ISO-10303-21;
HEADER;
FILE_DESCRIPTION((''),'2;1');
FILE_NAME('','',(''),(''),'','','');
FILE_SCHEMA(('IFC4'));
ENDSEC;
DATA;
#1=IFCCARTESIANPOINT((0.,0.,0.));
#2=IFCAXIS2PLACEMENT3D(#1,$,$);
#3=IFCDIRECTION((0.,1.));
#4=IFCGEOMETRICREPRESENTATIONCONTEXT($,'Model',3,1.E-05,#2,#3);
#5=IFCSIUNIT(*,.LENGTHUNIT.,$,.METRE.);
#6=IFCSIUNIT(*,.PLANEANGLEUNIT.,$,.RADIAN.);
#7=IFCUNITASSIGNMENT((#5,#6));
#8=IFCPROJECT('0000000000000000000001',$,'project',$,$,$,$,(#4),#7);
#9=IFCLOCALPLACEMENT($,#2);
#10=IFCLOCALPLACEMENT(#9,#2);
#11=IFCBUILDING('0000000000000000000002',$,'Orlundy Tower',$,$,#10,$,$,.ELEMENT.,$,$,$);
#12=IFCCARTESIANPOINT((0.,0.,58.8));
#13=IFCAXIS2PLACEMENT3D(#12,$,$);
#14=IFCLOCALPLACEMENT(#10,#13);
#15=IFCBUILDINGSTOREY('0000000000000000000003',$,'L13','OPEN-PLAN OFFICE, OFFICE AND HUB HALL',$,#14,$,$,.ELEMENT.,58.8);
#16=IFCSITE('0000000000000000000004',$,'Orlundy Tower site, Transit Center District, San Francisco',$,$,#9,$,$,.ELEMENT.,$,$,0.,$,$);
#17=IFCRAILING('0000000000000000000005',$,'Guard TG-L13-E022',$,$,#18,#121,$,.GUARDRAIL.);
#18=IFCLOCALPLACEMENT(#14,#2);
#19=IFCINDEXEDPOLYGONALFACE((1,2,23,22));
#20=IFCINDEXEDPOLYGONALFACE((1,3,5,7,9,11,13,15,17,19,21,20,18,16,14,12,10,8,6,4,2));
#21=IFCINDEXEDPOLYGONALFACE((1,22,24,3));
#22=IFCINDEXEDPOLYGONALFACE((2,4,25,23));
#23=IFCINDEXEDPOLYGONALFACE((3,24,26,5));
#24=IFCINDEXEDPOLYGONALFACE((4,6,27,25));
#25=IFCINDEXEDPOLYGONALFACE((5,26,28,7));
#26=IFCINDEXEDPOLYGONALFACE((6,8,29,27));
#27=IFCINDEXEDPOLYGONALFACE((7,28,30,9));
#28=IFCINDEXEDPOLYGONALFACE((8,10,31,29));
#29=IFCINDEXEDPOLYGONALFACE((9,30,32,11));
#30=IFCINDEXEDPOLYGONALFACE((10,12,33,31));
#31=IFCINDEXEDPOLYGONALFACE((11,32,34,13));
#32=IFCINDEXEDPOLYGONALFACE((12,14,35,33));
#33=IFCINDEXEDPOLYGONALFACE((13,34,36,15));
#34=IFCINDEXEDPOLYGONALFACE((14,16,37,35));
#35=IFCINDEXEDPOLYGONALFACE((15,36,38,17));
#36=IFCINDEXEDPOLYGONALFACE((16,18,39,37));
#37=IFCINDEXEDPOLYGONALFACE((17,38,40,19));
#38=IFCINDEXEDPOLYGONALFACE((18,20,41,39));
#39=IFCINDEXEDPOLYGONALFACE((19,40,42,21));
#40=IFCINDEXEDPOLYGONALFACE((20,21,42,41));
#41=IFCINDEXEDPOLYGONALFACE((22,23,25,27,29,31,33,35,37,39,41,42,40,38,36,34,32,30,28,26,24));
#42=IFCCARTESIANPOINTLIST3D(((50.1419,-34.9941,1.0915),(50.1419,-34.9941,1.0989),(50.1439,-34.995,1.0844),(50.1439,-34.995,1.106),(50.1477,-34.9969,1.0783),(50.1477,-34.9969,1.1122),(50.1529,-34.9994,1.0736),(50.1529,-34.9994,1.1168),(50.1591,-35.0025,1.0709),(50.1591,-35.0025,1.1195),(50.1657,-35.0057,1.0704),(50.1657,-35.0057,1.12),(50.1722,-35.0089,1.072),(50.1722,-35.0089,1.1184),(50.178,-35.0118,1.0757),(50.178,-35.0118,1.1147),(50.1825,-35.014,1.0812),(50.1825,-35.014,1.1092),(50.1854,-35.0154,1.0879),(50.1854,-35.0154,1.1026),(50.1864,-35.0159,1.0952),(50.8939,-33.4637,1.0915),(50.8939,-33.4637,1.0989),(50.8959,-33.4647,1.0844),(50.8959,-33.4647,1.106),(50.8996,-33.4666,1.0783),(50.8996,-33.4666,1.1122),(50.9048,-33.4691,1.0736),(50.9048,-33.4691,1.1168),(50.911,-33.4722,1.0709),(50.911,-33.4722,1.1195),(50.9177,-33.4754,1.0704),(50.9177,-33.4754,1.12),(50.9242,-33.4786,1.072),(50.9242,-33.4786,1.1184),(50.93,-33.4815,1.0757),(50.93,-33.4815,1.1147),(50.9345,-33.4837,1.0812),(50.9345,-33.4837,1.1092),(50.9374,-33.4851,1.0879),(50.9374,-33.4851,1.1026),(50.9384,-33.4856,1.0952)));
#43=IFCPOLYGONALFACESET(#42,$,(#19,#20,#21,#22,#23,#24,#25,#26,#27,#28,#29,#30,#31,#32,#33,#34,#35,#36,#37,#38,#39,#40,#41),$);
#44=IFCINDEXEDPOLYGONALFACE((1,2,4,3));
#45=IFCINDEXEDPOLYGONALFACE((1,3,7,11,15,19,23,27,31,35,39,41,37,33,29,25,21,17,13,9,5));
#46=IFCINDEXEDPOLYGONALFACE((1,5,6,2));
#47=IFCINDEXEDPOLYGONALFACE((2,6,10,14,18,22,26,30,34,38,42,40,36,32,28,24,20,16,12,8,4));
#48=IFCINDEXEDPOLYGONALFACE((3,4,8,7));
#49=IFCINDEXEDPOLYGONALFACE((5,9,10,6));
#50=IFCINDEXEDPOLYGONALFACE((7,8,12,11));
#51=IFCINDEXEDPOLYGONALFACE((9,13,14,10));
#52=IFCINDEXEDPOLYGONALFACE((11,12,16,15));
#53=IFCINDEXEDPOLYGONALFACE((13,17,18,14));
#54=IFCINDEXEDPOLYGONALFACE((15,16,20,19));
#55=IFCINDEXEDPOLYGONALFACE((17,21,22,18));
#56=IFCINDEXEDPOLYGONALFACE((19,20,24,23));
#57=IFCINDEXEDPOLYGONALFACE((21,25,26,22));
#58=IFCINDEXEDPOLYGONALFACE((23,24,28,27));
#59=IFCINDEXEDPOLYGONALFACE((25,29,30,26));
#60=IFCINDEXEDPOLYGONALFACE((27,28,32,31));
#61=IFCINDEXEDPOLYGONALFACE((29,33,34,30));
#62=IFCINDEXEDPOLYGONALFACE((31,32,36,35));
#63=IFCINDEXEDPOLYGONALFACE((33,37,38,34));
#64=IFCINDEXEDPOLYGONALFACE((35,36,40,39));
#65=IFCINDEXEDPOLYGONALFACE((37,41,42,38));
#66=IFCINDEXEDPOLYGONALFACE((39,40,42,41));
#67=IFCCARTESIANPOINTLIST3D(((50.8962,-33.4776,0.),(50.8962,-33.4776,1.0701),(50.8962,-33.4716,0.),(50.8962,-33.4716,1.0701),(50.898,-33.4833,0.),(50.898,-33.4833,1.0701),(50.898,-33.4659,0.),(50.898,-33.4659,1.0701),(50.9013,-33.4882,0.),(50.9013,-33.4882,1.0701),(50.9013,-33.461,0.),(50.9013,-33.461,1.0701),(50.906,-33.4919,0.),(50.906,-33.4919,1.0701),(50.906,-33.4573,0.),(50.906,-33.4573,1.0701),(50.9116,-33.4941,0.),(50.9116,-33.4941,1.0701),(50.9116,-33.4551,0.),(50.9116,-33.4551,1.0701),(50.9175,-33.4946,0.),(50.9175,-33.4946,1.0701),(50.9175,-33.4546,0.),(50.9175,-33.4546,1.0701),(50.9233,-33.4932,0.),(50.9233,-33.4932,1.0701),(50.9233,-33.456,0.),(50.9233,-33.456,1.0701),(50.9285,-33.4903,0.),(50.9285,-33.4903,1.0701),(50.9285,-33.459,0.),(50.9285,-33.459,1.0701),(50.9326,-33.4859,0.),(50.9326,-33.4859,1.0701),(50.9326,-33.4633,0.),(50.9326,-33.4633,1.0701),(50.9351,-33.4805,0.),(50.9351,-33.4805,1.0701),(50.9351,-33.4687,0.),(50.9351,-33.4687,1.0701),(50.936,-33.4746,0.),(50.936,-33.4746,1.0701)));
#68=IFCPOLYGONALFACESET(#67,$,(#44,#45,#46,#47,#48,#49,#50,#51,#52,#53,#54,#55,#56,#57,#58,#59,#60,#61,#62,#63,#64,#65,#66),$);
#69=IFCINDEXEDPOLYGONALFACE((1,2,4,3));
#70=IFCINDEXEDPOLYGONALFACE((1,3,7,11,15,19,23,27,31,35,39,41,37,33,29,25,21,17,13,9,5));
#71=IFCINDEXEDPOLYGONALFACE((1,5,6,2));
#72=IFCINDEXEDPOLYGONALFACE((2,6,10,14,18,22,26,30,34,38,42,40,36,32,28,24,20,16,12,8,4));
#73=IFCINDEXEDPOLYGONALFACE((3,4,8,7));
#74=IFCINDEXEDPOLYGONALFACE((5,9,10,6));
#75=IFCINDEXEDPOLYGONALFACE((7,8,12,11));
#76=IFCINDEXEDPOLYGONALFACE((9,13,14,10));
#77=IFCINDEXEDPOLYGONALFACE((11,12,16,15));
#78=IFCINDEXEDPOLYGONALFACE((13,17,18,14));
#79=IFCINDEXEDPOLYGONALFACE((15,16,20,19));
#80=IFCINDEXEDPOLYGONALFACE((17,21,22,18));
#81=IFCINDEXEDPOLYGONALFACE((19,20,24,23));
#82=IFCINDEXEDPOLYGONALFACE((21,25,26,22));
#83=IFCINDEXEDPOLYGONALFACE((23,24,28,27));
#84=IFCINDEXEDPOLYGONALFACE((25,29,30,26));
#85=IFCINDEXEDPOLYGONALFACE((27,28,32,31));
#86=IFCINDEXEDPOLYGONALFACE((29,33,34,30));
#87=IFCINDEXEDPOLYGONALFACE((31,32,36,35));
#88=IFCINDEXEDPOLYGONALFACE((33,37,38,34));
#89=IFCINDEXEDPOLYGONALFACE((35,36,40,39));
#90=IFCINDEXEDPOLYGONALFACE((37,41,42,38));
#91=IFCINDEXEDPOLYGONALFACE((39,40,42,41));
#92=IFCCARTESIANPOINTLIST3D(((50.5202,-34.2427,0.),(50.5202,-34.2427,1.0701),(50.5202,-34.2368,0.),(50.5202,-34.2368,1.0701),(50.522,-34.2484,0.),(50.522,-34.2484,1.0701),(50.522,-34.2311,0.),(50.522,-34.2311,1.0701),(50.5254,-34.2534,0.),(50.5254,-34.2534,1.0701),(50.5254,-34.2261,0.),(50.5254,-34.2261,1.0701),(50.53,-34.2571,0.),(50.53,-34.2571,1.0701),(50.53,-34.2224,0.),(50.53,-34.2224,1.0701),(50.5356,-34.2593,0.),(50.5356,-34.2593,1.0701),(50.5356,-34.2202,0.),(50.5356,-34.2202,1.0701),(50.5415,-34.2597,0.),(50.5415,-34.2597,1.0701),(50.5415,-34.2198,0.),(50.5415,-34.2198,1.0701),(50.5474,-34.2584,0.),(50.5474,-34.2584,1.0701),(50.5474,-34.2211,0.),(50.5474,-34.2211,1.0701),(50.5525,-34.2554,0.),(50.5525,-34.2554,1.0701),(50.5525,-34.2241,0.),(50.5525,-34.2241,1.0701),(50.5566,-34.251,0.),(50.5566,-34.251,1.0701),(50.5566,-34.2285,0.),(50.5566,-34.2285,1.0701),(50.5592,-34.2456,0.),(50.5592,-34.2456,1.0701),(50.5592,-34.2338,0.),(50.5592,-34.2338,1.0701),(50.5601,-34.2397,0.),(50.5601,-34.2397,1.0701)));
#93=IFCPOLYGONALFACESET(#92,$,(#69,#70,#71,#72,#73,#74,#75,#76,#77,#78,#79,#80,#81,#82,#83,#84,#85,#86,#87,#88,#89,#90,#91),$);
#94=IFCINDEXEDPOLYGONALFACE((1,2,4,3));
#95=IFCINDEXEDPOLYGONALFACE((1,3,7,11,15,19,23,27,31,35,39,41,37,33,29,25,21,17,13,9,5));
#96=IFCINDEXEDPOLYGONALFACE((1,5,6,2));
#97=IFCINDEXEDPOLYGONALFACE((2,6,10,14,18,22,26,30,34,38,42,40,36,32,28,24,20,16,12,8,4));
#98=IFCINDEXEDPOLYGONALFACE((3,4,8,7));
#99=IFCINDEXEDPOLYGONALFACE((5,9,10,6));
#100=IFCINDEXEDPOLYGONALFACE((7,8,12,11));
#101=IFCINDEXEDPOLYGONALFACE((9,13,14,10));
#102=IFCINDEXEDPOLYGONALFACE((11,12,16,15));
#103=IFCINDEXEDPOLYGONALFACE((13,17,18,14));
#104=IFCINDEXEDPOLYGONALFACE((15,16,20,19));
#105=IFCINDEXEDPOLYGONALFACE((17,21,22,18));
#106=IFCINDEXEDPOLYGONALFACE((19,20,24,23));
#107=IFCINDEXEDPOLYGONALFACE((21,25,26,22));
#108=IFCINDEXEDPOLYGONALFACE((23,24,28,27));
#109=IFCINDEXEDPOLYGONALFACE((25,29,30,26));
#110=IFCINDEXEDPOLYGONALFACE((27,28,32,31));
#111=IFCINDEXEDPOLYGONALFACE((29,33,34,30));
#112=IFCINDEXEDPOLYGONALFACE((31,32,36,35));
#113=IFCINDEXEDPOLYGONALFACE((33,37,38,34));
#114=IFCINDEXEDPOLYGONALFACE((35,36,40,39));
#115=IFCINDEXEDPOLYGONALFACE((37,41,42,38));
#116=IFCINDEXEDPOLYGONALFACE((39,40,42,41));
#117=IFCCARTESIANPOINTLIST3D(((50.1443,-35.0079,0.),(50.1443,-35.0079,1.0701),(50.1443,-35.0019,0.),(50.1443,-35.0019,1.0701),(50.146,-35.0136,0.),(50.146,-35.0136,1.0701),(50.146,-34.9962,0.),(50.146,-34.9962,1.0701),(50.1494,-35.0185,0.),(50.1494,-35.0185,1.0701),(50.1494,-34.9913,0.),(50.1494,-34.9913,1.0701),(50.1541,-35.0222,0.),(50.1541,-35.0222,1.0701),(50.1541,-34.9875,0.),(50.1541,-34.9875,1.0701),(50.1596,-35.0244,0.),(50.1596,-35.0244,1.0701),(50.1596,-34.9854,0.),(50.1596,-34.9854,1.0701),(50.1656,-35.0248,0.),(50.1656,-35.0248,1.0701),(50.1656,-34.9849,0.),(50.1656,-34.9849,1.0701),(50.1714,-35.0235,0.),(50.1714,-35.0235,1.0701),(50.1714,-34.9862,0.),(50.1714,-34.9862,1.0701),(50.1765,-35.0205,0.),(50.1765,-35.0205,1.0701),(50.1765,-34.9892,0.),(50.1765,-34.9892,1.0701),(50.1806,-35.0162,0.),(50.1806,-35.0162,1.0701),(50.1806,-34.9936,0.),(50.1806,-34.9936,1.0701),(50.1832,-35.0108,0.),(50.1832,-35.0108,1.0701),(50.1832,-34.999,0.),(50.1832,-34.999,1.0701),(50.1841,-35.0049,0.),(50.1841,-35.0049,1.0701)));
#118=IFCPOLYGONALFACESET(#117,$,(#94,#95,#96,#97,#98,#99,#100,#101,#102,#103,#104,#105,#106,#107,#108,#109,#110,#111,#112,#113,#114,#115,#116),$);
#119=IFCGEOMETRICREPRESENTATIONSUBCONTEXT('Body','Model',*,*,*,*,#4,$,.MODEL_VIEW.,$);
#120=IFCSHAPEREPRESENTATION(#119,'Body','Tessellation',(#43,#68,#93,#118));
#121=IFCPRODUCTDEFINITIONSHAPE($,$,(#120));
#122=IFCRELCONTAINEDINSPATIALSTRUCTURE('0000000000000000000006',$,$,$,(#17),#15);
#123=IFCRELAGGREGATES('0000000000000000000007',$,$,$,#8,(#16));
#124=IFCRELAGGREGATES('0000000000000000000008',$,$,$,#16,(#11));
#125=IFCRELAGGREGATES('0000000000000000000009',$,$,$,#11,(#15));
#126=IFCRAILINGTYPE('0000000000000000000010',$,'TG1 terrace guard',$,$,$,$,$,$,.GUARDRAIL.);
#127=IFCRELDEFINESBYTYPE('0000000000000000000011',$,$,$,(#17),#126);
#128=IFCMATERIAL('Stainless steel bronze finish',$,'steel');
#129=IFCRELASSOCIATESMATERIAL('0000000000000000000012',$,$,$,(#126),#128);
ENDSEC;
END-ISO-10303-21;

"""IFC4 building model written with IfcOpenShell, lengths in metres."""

from ifc_helpers import new_model, si_unit, direction, frame, origin, origin_2d, place, context, subcontext, project, spatial, circle, extrude, material, type_object, element, save


model = new_model("IFC4")

# Units and contexts
model_context = context("Model", 3, precision=1e-05, world=origin(), true_north=direction((0.0, 1.0)))
body_context = subcontext(model_context, "Body", "Model", "MODEL_VIEW")
ifc_project = project(units=[si_unit("LENGTHUNIT", "METRE"), si_unit("PLANEANGLEUNIT", "RADIAN")], contexts=[model_context])

# Site, building, storey
site_placement = place(None, origin())
site = spatial("IfcSite", under=ifc_project, at=site_placement, Name="Orlundy Tower site, Transit Center District, San Francisco", CompositionType="ELEMENT", RefElevation=0.0)
building_placement = place(site_placement, origin())
building = spatial("IfcBuilding", under=site, at=building_placement, Name="Orlundy Tower", CompositionType="ELEMENT")
storey_placement = place(building_placement, frame((0.0, 0.0, 58.8)))
storey = spatial("IfcBuildingStorey", under=building, at=storey_placement, Name="L13", Description="OPEN-PLAN OFFICE, OFFICE AND HUB HALL", CompositionType="ELEMENT", Elevation=58.8)

# Railing
ifc_material_1 = material(Name="Stainless steel bronze finish", Category="steel")
railing_type = type_object("IfcRailingType", Name="TG1 terrace guard", PredefinedType="GUARDRAIL", material=ifc_material_1)
railing_1_placement = place(storey_placement, frame((50.916, -33.4746, 0.0)))
element("IfcRailing", 1, at=railing_1_placement, inside=storey, type_object=railing_type, Name="Guard TG-L13-E022", PredefinedType="GUARDRAIL", context=body_context, shape_type="SweptSolid", body=[
    extrude(circle(Radius=0.0249, at=origin_2d()), frame((0.0, 0.0, 1.0952), z_axis=(-0.441017, -0.897499, 0.0), x_axis=(0.897499, -0.441017, 0.0)), (0.0, 0.0, 1.0), 1.7051),
    extrude(circle(Radius=0.02, at=origin_2d()), origin(), (0.0, 0.0, 1.0), 1.0701),
    extrude(circle(Radius=0.02, at=origin_2d()), frame((-0.376, -0.7651, 0.0)), (0.0, 0.0, 1.0), 1.0701),
    extrude(circle(Radius=0.02, at=origin_2d()), frame((-0.752, -1.5303, 0.0)), (0.0, 0.0, 1.0), 1.0701),
])

save(model, "model.ifc")
